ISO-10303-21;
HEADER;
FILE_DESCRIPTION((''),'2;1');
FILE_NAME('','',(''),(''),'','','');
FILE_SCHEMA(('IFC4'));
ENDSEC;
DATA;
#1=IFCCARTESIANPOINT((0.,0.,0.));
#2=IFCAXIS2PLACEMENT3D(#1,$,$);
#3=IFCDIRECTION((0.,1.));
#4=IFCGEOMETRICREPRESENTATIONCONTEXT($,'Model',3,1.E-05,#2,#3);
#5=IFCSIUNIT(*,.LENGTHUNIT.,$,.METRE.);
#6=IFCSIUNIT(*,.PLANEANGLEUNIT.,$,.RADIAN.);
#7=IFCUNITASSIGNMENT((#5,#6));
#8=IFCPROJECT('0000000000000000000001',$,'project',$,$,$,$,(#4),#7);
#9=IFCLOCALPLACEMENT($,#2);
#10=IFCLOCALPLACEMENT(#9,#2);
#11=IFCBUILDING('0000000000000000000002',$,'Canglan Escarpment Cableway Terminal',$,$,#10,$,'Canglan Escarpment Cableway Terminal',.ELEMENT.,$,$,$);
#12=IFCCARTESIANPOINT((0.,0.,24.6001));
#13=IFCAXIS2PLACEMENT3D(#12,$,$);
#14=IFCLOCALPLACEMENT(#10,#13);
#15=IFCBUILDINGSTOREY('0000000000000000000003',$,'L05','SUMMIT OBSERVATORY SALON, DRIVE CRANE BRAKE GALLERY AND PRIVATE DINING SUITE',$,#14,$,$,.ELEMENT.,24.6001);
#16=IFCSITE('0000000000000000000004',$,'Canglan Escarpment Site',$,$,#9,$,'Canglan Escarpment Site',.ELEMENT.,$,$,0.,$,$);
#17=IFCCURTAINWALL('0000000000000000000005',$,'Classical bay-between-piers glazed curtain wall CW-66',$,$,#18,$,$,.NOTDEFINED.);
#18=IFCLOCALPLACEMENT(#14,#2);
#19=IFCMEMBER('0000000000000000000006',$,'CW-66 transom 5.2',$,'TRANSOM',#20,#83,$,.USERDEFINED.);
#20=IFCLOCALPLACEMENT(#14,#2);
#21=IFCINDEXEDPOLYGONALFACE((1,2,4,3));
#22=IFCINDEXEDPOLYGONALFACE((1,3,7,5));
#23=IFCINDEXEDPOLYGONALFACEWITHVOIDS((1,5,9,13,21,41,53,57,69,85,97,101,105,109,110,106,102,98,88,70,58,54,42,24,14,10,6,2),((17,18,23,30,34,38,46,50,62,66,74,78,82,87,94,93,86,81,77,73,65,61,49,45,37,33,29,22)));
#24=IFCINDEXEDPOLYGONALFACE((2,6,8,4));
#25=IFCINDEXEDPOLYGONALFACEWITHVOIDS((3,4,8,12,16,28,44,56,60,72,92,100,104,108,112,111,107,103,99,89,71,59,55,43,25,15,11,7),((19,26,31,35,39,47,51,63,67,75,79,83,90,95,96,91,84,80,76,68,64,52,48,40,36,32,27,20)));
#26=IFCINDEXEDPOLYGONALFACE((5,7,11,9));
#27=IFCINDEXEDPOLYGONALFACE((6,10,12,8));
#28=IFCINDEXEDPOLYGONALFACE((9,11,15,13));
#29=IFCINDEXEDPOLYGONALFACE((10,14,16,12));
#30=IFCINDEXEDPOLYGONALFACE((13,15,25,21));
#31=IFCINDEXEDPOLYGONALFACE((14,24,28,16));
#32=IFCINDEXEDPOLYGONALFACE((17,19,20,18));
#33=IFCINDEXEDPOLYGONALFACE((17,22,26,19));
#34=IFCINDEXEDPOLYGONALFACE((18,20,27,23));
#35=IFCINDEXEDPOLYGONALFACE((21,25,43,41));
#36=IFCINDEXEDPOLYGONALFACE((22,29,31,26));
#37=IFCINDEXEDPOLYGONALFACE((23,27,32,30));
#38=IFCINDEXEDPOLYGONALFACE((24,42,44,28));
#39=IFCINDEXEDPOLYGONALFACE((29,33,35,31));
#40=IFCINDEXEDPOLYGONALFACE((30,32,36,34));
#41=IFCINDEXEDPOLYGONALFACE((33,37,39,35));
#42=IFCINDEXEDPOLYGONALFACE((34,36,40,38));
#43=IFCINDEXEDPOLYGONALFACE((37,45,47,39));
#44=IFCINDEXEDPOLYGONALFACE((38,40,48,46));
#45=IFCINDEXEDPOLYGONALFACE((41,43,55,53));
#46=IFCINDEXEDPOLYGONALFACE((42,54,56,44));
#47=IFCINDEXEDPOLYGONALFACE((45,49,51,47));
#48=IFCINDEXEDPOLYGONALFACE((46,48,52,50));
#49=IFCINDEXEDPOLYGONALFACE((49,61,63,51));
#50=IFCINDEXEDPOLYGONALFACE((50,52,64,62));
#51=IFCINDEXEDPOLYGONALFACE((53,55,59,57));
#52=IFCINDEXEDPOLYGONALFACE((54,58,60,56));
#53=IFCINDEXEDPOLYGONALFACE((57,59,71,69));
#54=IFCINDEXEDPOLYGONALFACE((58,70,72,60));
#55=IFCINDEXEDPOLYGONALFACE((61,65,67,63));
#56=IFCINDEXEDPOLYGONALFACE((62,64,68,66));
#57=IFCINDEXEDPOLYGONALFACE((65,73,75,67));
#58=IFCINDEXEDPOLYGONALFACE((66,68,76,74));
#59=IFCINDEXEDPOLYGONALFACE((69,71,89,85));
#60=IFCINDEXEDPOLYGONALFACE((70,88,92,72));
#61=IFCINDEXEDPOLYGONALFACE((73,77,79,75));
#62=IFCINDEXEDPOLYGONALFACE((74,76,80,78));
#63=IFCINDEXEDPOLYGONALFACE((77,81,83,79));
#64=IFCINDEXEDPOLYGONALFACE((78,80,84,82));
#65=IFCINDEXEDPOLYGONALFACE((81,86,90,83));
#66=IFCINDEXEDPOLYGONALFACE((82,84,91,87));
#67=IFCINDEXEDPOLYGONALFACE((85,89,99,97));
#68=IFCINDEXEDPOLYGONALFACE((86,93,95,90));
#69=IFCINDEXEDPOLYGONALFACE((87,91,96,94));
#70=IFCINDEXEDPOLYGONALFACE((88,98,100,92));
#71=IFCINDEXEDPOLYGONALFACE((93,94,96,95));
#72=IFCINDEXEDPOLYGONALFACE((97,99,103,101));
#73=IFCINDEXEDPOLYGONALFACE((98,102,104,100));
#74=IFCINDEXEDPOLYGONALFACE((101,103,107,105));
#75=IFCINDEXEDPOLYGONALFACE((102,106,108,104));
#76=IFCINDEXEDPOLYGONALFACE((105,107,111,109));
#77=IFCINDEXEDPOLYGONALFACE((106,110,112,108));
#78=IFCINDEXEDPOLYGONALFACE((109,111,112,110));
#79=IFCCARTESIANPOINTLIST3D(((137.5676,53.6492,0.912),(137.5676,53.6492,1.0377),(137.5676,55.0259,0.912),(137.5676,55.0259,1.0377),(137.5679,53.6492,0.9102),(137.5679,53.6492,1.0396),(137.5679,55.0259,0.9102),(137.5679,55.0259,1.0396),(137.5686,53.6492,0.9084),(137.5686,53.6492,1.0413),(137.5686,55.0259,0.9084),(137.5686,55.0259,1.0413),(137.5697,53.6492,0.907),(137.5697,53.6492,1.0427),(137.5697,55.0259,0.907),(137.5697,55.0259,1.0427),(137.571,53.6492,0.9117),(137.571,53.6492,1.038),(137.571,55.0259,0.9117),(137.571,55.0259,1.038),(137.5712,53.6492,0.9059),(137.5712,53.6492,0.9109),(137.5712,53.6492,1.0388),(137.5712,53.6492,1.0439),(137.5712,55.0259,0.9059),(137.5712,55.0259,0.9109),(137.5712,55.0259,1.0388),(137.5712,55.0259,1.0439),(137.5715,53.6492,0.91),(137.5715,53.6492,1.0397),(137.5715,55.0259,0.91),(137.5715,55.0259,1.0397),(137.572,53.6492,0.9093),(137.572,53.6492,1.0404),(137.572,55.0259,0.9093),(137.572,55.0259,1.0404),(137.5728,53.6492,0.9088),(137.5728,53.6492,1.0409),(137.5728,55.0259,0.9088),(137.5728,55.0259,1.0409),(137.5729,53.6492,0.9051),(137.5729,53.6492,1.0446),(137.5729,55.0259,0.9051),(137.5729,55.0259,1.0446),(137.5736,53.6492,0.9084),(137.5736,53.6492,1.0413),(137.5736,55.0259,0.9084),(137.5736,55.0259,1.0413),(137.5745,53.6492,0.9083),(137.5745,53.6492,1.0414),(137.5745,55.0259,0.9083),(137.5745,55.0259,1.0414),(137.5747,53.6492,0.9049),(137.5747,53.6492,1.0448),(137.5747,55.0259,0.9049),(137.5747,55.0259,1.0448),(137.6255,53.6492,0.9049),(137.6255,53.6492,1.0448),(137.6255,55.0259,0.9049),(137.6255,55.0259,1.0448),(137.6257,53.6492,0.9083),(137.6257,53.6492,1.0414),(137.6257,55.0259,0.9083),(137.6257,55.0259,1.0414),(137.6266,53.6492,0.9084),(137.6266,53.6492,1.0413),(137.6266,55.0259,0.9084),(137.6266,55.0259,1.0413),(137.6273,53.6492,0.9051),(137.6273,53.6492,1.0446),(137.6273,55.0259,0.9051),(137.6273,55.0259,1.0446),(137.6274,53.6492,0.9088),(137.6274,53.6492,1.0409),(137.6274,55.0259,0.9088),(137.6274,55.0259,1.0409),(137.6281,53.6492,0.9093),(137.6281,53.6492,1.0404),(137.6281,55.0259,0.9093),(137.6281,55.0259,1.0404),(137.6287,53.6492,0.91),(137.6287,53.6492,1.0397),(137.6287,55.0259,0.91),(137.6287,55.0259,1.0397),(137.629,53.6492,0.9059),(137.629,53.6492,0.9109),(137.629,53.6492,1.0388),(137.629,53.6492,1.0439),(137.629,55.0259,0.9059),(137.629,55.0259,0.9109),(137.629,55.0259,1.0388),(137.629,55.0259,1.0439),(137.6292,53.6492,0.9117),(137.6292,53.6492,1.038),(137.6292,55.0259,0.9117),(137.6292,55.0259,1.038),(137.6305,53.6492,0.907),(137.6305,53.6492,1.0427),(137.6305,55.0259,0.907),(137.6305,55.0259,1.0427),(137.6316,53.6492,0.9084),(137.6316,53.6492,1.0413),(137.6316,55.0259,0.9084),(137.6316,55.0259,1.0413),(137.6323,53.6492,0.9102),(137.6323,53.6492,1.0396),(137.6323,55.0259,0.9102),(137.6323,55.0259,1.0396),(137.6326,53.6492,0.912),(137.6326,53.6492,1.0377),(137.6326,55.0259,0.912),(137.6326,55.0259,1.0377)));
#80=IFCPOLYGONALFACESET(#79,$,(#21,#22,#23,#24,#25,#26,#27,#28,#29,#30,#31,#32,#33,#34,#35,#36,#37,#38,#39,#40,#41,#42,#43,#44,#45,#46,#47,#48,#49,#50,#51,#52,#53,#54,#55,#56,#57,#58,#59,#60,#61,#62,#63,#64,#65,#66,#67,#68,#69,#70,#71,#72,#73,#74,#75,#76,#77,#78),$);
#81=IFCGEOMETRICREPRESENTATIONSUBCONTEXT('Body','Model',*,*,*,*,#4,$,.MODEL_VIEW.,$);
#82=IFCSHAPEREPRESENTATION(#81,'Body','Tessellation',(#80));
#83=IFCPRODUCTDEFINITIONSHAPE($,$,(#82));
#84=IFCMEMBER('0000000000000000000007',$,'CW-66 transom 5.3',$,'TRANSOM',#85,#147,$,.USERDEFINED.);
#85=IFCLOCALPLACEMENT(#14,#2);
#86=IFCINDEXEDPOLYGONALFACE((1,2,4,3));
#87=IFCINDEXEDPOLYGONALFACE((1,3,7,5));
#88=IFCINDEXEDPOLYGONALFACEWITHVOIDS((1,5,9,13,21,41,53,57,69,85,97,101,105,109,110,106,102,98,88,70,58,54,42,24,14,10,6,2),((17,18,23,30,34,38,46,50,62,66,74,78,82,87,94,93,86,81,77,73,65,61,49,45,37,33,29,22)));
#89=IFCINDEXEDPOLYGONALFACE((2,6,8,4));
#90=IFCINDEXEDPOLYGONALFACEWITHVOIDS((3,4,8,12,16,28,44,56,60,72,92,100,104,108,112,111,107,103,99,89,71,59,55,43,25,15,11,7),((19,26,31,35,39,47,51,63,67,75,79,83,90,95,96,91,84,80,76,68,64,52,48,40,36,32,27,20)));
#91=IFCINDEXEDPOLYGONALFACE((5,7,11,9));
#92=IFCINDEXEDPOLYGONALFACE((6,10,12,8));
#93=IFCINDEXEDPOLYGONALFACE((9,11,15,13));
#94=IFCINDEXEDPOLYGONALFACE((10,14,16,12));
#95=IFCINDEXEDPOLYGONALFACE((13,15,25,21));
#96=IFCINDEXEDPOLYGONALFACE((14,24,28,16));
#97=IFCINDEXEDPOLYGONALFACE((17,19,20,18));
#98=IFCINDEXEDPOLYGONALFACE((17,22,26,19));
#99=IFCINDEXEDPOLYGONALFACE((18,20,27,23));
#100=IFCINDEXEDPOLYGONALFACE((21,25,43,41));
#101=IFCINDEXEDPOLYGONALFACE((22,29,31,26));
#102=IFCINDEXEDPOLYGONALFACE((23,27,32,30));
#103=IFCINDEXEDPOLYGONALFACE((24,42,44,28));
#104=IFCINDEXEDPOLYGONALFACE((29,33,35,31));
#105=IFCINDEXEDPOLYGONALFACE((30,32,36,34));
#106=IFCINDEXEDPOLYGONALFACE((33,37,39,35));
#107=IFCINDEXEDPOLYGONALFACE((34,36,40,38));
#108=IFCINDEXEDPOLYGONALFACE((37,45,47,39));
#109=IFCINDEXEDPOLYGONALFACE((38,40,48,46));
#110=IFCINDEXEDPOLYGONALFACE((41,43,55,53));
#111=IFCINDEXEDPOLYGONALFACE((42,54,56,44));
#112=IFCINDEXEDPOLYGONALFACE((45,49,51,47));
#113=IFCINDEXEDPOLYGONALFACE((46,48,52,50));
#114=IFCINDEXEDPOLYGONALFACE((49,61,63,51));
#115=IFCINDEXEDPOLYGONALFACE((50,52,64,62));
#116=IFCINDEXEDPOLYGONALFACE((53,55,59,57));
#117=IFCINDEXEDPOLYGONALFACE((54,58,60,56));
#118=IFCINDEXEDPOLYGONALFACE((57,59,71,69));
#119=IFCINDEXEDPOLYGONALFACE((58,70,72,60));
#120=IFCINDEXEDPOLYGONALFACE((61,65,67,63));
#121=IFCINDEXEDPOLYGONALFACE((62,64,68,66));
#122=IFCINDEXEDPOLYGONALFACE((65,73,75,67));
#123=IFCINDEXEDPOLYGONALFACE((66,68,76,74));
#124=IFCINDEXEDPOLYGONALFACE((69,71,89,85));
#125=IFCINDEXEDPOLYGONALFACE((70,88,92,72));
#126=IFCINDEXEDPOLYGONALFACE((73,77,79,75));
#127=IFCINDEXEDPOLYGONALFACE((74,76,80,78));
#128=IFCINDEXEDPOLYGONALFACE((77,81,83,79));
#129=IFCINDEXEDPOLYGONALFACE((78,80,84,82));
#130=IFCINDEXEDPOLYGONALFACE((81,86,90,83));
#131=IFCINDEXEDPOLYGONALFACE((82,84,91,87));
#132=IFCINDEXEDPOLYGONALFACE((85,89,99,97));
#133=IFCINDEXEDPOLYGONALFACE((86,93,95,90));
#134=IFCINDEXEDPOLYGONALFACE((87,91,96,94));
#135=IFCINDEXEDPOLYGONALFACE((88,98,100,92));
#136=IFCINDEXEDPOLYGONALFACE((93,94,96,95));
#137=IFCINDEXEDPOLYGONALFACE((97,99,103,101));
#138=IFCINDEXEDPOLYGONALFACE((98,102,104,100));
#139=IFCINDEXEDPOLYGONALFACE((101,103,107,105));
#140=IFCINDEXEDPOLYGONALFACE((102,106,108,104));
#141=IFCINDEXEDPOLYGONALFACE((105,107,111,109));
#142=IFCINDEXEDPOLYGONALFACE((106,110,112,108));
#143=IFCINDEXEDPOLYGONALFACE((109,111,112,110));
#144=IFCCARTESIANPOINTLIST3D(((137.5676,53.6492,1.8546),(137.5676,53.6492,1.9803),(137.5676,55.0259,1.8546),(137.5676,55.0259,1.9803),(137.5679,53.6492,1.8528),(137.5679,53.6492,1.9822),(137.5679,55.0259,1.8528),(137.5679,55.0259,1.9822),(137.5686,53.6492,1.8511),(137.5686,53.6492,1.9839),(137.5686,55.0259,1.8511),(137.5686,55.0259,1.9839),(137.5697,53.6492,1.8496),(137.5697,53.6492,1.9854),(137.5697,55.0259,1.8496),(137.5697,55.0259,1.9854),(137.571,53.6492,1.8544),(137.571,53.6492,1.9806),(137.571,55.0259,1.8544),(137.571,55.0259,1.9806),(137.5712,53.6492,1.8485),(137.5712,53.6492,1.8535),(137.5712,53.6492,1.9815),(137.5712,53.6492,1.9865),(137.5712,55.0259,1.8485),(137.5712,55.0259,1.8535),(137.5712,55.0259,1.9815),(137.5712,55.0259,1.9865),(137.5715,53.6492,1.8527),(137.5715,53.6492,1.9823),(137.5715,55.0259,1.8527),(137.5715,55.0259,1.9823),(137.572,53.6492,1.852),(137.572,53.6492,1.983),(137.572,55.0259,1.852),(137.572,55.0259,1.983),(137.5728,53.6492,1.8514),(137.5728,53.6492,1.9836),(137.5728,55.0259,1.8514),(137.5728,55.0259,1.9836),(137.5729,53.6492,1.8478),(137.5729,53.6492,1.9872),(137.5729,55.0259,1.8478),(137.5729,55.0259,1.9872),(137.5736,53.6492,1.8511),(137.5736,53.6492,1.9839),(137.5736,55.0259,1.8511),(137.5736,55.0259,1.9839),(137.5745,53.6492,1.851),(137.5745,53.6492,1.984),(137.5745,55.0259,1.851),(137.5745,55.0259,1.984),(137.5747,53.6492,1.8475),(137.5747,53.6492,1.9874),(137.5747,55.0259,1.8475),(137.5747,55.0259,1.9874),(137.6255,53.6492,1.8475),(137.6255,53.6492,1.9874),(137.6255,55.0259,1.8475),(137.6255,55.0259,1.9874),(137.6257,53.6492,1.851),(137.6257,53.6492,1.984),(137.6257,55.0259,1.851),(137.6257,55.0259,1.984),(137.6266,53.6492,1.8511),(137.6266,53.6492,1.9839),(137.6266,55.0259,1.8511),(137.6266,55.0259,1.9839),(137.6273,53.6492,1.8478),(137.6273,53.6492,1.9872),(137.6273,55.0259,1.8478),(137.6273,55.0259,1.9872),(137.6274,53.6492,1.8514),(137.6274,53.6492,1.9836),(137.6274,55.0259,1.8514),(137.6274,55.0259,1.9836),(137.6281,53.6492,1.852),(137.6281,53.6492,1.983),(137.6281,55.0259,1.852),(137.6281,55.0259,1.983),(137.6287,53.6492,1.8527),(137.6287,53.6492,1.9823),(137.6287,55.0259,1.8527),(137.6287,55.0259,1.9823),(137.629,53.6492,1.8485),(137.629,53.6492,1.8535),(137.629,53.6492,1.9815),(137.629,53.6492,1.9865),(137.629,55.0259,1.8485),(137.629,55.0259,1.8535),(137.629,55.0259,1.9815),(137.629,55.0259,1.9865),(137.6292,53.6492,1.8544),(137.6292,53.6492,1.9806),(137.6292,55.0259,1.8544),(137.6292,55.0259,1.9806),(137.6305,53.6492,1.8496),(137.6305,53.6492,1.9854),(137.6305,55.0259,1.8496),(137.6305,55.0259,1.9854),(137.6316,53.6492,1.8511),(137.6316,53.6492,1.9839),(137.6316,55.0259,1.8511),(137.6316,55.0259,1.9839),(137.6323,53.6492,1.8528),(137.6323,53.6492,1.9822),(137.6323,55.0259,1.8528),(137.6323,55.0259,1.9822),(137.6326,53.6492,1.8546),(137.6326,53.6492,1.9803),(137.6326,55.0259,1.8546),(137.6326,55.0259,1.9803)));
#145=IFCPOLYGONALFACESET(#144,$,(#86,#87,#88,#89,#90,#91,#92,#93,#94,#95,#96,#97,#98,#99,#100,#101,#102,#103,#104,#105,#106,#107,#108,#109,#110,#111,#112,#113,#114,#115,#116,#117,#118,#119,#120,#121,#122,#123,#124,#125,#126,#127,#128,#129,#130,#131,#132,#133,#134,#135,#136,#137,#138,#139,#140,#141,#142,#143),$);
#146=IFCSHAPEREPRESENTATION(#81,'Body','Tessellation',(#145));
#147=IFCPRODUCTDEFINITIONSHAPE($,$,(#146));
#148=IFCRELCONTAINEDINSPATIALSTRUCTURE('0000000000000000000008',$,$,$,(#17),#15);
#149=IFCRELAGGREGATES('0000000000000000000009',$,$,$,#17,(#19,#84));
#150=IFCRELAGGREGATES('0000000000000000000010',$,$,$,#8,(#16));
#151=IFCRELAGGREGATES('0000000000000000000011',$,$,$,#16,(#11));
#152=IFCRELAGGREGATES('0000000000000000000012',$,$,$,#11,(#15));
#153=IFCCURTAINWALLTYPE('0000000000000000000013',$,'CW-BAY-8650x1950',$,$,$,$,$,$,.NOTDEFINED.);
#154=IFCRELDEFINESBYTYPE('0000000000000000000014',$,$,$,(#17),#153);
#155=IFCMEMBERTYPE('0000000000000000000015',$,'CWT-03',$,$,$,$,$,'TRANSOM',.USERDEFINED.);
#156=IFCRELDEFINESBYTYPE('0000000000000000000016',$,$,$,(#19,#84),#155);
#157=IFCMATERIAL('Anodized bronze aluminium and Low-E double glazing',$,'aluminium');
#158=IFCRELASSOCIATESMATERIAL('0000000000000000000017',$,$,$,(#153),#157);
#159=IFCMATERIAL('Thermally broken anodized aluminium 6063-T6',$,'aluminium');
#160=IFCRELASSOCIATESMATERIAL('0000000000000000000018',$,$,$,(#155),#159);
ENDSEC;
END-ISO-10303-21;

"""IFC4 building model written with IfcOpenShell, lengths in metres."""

from ifc_helpers import new_model, si_unit, direction, frame, origin, origin_2d, place, context, subcontext, project, spatial, hollow_rectangle, extrude, material, material_profile, profile_set, type_object, element, aggregate, save


model = new_model("IFC4")

# Units and contexts
model_context = context("Model", 3, precision=1e-05, world=origin(), true_north=direction((0.0, 1.0)))
body_context = subcontext(model_context, "Body", "Model", "MODEL_VIEW")
ifc_project = project(units=[si_unit("LENGTHUNIT", "METRE"), si_unit("PLANEANGLEUNIT", "RADIAN")], contexts=[model_context])

# Site, building, storey
site_placement = place(None, origin())
site = spatial("IfcSite", under=ifc_project, at=site_placement, Name="Canglan Escarpment Site", LongName="Canglan Escarpment Site", CompositionType="ELEMENT", RefElevation=0.0)
building_placement = place(site_placement, origin())
building = spatial("IfcBuilding", under=site, at=building_placement, Name="Canglan Escarpment Cableway Terminal", LongName="Canglan Escarpment Cableway Terminal", CompositionType="ELEMENT")
storey_placement = place(building_placement, frame((0.0, 0.0, 24.6001)))
storey = spatial("IfcBuildingStorey", under=building, at=storey_placement, Name="L05", Description="SUMMIT OBSERVATORY SALON, DRIVE CRANE BRAKE GALLERY AND PRIVATE DINING SUITE", CompositionType="ELEMENT", Elevation=24.6001)

# Curtain wall, members
ifc_material_1 = material(Name="Anodized bronze aluminium and Low-E double glazing", Category="aluminium")
curtain_wall_type = type_object("IfcCurtainWallType", Name="CW-BAY-8650x1950", PredefinedType="NOTDEFINED", material=ifc_material_1)
curtain_wall_placement = place(storey_placement, origin())
curtain_wall = element("IfcCurtainWall", 1, at=curtain_wall_placement, inside=storey, type_object=curtain_wall_type, Name="Classical bay-between-piers glazed curtain wall CW-66", PredefinedType="NOTDEFINED")
ifc_material_2 = material(Name="Thermally broken anodized aluminium 6063-T6", Category="aluminium")
ifc_material_profile_1 = material_profile(ifc_material_2, hollow_rectangle(XDim=0.0649, YDim=0.1399, WallThickness=0.0034, InnerFilletRadius=0.0034, OuterFilletRadius=0.0071, at=origin_2d()), Name="ALU-TRAN 65x140x3.5")
ifc_profile_set_1 = profile_set([ifc_material_profile_1], Name="Thermally broken anodized aluminium 6063-T6")
member_type_1 = type_object("IfcMemberType", Name="CWT-03", ElementType="TRANSOM", PredefinedType="USERDEFINED", material=ifc_profile_set_1)
member_1_placement = place(storey_placement, frame((137.6001, 55.0259, 0.9749), z_axis=(0.0, -1.0, 0.0), x_axis=(1.0, 0.0, 0.0)))
member_1 = element("IfcMember", 2, at=member_1_placement, type_object=member_type_1, Name="CW-66 transom 5.2", ObjectType="TRANSOM", PredefinedType="USERDEFINED", context=body_context, shape_type="SweptSolid", body=[
    extrude(hollow_rectangle(XDim=0.0649, YDim=0.1399, WallThickness=0.0034, InnerFilletRadius=0.0034, OuterFilletRadius=0.0071, at=origin_2d()), origin(), (0.0, 0.0, 1.0), 1.3767),
])
member_2_placement = place(storey_placement, frame((137.6001, 55.0259, 1.9175), z_axis=(0.0, -1.0, 0.0), x_axis=(1.0, 0.0, 0.0)))
member_2 = element("IfcMember", 3, at=member_2_placement, type_object=member_type_1, Name="CW-66 transom 5.3", ObjectType="TRANSOM", PredefinedType="USERDEFINED", context=body_context, shape_type="SweptSolid", body=[
    extrude(hollow_rectangle(XDim=0.0649, YDim=0.1399, WallThickness=0.0034, InnerFilletRadius=0.0034, OuterFilletRadius=0.0071, at=origin_2d()), origin(), (0.0, 0.0, 1.0), 1.3767),
])

aggregate(curtain_wall, [member_1, member_2])

save(model, "model.ifc")
